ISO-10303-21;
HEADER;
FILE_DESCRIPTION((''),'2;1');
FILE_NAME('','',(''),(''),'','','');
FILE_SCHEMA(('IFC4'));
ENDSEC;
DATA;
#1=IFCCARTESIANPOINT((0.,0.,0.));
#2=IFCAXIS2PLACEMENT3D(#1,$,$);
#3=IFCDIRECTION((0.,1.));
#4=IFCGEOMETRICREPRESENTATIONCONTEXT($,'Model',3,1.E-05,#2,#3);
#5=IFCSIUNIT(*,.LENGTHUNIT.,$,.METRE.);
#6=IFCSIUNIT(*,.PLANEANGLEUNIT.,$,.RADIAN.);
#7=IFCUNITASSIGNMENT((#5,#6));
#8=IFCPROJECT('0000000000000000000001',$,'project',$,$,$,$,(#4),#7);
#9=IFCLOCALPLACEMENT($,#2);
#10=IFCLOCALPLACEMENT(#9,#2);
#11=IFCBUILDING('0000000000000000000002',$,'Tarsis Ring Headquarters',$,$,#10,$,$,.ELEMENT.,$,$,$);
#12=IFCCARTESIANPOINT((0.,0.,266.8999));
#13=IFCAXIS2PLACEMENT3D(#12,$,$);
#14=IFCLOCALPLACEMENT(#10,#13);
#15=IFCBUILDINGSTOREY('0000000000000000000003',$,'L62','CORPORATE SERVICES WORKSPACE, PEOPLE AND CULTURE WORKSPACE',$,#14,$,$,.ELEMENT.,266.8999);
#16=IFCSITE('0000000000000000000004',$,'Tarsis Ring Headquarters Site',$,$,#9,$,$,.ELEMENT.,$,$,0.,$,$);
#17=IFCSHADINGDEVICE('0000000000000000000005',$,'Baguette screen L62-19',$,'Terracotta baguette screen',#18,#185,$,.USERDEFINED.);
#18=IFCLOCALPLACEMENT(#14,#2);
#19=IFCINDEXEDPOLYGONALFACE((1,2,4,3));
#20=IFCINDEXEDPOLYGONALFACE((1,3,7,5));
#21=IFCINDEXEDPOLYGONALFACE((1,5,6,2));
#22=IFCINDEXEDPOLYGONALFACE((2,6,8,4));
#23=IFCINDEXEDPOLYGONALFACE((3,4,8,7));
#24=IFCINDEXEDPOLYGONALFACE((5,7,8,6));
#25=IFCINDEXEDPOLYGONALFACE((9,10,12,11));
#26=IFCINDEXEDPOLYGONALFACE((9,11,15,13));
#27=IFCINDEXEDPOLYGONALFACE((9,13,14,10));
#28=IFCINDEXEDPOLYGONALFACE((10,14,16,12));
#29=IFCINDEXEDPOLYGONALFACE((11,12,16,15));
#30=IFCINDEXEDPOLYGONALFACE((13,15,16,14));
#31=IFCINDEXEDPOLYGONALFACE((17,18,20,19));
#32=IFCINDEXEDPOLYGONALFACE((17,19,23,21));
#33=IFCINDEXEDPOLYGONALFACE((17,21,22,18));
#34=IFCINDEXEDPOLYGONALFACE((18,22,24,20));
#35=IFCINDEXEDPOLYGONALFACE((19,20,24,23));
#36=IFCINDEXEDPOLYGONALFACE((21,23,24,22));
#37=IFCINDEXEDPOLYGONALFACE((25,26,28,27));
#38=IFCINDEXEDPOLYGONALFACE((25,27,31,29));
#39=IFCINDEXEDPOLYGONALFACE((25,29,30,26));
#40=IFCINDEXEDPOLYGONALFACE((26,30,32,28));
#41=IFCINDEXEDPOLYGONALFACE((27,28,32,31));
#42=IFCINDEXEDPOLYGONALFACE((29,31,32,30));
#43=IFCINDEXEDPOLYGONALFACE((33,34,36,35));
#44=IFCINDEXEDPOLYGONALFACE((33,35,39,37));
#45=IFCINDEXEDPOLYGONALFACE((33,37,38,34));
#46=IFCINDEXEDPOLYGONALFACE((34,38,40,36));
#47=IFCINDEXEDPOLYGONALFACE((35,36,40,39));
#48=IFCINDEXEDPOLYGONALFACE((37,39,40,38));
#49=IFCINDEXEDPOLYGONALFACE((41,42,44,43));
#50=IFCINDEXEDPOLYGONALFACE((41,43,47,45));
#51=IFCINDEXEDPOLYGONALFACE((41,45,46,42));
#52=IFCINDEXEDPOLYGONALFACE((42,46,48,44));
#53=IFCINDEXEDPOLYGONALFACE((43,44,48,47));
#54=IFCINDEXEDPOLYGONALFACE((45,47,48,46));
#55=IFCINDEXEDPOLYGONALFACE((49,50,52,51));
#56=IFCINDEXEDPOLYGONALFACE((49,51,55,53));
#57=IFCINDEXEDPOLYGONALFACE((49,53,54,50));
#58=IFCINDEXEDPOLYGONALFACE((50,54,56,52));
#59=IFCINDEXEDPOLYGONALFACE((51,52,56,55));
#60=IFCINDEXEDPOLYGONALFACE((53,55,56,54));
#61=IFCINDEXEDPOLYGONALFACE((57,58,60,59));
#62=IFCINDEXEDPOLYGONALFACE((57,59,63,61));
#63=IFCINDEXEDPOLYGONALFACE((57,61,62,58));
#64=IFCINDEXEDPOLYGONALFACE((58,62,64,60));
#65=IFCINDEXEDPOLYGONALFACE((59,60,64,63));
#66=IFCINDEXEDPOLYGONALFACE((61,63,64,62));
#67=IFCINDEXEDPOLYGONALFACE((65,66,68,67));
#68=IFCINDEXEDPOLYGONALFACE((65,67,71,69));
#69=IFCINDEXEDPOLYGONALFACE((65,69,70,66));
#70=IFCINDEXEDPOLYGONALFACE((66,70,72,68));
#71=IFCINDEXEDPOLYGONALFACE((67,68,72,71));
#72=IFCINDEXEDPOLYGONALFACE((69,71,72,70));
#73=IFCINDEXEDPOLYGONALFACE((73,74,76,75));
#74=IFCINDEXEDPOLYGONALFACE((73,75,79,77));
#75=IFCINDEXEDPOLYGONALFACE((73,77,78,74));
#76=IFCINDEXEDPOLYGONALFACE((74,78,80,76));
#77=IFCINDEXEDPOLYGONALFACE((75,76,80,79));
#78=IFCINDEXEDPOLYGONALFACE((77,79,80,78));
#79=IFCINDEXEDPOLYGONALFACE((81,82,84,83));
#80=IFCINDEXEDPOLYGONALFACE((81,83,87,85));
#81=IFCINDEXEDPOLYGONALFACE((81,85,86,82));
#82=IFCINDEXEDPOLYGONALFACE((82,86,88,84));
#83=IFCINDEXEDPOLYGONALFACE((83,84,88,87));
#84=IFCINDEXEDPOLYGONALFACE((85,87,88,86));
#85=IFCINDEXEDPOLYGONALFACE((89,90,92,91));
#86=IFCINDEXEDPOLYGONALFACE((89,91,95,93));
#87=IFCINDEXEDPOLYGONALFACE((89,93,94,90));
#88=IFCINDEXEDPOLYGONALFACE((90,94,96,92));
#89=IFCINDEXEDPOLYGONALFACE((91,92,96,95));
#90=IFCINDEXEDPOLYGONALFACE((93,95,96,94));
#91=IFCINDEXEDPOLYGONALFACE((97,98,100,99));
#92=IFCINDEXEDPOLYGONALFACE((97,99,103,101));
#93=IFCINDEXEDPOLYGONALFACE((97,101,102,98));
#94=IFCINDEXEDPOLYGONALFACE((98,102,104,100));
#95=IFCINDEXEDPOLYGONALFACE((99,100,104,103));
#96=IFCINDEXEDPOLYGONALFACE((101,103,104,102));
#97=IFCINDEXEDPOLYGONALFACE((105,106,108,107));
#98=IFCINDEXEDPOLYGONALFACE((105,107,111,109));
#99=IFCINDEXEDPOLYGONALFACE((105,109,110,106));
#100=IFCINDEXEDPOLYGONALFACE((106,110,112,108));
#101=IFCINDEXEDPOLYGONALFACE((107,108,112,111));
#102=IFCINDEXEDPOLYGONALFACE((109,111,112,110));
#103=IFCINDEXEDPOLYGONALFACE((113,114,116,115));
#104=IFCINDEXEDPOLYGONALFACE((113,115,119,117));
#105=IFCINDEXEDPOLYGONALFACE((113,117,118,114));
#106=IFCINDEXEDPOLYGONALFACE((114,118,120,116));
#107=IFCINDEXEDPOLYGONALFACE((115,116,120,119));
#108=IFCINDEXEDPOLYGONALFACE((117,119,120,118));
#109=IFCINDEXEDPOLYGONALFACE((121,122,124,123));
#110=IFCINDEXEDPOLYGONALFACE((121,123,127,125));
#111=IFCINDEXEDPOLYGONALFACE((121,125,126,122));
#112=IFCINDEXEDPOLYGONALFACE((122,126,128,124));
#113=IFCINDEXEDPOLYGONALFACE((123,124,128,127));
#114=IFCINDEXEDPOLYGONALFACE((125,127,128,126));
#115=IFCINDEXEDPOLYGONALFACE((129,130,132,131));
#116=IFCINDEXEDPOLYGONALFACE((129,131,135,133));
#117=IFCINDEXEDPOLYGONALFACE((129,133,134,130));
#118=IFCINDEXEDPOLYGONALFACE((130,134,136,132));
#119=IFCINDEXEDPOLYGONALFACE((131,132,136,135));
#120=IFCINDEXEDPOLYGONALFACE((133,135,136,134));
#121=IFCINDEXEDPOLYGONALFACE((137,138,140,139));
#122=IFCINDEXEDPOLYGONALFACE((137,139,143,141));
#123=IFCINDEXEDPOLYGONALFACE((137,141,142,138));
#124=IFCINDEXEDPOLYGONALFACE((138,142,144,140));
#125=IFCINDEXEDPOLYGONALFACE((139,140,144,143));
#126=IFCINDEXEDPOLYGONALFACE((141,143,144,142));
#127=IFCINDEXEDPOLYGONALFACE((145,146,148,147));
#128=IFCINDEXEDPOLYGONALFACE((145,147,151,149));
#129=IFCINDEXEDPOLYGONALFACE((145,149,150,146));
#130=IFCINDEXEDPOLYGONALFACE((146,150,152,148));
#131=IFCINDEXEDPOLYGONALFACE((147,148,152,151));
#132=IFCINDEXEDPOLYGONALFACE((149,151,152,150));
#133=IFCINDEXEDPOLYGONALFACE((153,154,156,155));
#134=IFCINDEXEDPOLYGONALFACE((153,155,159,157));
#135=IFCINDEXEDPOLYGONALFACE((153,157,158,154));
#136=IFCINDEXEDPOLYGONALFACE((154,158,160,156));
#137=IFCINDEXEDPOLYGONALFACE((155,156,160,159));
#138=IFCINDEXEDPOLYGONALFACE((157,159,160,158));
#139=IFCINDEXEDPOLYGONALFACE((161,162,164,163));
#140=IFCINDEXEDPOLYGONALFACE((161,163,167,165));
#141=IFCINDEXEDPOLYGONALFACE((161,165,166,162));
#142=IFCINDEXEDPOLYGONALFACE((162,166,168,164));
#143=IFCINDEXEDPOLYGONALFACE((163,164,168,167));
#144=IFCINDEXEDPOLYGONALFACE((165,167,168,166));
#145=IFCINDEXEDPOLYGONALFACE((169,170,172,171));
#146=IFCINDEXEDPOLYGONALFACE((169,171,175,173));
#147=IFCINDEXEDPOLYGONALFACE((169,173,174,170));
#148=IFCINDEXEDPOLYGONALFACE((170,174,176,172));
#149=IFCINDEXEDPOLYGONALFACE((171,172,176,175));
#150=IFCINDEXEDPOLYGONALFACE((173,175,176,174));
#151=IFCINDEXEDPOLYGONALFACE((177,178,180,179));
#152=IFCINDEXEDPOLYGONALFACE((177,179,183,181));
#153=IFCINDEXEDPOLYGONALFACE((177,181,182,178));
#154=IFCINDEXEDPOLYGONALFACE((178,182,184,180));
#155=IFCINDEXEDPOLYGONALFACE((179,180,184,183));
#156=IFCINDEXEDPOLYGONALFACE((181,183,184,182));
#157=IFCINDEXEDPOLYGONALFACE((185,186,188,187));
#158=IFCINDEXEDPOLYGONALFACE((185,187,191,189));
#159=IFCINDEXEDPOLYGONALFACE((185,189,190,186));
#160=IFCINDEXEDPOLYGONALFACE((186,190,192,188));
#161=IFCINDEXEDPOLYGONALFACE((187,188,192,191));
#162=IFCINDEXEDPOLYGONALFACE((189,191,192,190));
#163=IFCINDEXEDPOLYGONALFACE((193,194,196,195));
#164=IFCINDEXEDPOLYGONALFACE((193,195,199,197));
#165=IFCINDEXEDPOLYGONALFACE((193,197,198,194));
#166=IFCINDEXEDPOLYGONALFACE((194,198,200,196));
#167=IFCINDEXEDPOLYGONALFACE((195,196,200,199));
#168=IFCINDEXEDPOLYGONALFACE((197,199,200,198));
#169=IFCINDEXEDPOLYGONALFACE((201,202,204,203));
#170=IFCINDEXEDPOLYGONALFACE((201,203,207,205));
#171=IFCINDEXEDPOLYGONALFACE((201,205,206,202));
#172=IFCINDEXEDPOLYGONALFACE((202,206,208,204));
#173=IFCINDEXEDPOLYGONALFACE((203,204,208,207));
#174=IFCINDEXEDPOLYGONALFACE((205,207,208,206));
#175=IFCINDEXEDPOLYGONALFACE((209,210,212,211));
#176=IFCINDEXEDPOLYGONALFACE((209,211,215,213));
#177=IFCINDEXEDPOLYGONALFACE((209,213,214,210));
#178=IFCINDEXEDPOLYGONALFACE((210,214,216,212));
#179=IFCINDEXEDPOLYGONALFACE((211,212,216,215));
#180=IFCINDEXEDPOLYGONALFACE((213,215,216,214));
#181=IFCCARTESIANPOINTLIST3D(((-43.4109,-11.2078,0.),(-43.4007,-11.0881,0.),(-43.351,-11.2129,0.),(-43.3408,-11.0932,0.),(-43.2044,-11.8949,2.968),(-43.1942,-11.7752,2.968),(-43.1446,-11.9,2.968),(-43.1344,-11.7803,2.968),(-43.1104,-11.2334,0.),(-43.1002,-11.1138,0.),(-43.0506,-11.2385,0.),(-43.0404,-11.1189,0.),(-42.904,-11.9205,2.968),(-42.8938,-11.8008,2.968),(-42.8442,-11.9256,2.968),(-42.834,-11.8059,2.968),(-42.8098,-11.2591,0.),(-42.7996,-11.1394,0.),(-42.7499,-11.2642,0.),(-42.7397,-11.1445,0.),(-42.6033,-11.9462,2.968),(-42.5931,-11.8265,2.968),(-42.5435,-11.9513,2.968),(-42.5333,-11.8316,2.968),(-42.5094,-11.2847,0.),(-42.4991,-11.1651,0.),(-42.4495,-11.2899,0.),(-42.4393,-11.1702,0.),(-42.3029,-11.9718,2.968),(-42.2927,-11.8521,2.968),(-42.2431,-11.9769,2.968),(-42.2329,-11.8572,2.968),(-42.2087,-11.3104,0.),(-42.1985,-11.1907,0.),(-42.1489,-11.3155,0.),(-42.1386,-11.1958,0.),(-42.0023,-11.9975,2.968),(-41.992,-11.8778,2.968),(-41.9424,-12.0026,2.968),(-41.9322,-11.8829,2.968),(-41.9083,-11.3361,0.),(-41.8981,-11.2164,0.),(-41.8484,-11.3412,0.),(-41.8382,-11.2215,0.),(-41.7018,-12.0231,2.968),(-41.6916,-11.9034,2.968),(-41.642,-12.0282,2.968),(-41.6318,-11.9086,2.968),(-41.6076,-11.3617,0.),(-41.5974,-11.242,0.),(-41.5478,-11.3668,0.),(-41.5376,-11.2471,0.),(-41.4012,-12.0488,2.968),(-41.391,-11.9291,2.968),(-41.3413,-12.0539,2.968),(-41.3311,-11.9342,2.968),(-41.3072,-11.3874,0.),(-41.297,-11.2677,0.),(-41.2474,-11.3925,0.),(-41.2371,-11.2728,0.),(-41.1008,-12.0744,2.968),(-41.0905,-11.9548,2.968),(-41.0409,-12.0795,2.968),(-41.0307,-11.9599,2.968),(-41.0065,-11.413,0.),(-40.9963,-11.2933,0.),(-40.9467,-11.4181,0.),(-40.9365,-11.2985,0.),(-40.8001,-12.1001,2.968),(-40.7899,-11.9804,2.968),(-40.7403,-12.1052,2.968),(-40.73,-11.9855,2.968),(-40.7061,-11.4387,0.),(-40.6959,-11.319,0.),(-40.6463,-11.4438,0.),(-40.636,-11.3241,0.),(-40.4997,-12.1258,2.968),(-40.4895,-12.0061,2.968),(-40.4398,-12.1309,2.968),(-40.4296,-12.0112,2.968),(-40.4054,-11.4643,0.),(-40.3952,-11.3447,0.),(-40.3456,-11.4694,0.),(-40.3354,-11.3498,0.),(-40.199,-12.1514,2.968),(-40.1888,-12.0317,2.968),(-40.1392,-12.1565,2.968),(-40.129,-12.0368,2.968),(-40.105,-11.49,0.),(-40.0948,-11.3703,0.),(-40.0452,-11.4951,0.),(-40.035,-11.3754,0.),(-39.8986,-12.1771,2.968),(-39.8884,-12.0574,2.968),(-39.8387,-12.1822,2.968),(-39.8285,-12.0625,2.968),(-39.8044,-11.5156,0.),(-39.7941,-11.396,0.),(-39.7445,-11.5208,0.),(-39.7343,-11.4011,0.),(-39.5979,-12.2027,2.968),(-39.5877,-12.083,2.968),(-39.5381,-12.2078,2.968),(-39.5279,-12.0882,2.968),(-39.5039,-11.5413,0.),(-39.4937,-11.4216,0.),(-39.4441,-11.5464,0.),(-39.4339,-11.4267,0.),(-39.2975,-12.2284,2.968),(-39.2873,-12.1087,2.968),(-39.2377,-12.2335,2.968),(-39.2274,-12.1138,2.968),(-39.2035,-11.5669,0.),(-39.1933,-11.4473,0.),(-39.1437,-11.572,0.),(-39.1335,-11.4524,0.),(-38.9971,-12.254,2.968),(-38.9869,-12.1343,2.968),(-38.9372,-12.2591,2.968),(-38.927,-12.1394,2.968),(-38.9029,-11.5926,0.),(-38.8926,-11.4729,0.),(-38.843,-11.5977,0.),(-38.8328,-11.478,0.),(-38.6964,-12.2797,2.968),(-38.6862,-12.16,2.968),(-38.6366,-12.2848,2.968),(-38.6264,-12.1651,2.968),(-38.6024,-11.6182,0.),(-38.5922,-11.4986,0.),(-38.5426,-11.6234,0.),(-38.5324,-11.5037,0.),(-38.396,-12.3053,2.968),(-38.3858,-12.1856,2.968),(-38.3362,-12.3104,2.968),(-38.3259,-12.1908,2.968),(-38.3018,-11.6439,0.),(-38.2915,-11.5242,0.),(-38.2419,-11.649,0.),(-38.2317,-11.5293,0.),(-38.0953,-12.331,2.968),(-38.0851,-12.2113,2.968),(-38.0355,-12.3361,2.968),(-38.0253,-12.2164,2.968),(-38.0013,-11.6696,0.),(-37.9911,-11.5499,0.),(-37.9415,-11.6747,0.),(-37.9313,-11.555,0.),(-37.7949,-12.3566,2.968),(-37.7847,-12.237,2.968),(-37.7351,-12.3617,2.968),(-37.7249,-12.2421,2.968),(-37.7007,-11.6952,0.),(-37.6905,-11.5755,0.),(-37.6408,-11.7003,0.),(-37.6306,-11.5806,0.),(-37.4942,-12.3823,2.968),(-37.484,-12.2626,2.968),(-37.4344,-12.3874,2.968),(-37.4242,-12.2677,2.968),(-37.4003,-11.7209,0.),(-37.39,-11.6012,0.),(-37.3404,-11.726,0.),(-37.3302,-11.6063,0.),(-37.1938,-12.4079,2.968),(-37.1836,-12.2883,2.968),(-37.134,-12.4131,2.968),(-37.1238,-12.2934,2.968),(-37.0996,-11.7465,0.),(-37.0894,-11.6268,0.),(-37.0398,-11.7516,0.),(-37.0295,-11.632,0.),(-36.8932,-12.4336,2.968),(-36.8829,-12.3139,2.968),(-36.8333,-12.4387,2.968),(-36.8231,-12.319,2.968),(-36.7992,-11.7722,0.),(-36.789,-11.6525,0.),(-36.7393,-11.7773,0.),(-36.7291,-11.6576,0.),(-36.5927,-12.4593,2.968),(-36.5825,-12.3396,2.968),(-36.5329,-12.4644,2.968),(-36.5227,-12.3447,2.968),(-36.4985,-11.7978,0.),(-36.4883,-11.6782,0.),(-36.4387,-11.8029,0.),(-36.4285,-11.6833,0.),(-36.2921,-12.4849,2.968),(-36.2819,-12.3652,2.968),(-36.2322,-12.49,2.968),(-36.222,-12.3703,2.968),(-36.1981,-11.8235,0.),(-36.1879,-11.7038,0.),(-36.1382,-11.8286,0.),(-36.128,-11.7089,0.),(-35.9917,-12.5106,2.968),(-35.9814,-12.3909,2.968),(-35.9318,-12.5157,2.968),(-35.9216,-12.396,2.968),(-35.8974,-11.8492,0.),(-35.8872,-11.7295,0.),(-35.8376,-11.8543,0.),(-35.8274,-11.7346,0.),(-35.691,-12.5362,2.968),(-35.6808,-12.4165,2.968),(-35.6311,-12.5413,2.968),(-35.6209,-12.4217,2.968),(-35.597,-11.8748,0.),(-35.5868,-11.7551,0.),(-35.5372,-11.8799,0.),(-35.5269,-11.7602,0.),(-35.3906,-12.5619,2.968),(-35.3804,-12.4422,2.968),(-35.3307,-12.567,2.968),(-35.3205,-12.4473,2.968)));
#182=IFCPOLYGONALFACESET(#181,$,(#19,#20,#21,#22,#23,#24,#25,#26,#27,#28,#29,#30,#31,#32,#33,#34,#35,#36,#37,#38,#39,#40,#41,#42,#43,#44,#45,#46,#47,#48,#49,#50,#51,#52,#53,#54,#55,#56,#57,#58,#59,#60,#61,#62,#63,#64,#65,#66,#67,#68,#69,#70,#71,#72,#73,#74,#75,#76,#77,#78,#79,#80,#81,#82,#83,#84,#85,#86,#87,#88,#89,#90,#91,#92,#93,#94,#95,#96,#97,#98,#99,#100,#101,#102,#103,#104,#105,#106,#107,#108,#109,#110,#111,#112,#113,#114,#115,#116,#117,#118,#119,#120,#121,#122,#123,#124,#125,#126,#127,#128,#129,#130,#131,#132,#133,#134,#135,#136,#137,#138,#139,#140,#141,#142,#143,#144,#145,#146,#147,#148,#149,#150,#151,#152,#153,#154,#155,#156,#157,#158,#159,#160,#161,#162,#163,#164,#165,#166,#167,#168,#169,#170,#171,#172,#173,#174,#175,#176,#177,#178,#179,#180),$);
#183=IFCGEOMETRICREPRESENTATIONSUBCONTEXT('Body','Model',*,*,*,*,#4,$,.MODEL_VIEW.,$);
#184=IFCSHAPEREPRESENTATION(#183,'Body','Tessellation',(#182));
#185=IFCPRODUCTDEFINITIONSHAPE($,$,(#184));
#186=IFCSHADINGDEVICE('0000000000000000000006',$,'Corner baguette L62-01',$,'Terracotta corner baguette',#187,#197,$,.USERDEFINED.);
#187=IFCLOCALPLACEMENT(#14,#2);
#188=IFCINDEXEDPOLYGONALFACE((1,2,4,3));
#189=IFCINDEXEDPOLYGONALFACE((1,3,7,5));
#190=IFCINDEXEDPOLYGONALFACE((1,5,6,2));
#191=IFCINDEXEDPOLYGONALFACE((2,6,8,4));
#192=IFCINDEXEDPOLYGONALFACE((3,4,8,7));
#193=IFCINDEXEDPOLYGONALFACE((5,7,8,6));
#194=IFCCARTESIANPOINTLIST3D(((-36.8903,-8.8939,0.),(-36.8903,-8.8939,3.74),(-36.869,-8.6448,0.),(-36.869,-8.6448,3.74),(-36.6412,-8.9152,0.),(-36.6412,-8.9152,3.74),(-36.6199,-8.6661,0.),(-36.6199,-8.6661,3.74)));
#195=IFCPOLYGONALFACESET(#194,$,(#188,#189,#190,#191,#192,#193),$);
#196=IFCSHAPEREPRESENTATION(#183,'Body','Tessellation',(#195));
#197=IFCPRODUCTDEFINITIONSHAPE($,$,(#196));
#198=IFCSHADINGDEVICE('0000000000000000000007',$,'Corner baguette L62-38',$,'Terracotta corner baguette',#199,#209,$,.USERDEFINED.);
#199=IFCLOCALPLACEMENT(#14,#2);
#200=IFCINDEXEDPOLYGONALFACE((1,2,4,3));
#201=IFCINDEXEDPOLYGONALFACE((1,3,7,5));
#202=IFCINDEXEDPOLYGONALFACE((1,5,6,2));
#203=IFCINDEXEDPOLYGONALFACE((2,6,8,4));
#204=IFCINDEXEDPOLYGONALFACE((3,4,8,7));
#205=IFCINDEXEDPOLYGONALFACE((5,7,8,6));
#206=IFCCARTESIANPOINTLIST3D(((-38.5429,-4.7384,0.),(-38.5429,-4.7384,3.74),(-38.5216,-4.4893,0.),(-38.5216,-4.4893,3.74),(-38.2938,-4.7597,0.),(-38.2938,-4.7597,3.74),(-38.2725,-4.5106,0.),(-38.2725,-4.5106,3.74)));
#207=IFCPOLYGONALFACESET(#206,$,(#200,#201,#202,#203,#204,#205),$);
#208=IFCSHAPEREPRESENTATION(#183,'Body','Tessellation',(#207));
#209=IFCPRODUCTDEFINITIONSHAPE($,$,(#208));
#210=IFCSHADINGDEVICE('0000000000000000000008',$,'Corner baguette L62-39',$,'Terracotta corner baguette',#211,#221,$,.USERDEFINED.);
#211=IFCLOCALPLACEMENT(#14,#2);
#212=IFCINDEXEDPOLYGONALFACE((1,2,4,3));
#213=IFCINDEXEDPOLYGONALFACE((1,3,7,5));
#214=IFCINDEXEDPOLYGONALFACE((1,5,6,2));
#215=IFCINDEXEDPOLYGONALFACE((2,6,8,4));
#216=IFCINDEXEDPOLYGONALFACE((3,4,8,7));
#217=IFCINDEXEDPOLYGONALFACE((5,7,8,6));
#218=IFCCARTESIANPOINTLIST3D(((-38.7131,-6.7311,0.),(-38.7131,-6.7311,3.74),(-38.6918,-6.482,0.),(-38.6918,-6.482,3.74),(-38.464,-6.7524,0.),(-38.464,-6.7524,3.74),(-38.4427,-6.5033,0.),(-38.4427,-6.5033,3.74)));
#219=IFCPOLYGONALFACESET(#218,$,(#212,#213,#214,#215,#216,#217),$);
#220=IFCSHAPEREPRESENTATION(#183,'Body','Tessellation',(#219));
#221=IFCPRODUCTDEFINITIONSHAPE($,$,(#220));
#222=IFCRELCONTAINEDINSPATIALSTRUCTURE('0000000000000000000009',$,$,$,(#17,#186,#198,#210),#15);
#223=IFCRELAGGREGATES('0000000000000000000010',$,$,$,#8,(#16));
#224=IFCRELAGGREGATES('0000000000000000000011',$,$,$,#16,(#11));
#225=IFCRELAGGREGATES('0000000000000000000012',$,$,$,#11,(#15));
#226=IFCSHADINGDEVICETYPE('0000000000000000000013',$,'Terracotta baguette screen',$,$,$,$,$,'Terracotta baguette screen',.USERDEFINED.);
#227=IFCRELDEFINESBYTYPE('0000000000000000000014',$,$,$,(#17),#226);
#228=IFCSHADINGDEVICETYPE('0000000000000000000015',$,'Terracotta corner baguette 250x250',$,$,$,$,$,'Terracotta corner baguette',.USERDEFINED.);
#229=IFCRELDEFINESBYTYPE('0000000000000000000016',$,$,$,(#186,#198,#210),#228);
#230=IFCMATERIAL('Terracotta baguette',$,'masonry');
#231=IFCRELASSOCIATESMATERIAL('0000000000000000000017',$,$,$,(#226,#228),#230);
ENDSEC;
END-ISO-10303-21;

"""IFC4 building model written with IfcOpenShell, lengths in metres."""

from ifc_helpers import new_model, si_unit, direction, frame, frame_2d, origin, origin_2d, place, context, subcontext, project, spatial, rectangle, composite_profile, extrude, material, type_object, element, save


model = new_model("IFC4")

# Units and contexts
model_context = context("Model", 3, precision=1e-05, world=origin(), true_north=direction((0.0, 1.0)))
body_context = subcontext(model_context, "Body", "Model", "MODEL_VIEW")
ifc_project = project(units=[si_unit("LENGTHUNIT", "METRE"), si_unit("PLANEANGLEUNIT", "RADIAN")], contexts=[model_context])

# Site, building, storey
site_placement = place(None, origin())
site = spatial("IfcSite", under=ifc_project, at=site_placement, Name="Tarsis Ring Headquarters Site", CompositionType="ELEMENT", RefElevation=0.0)
building_placement = place(site_placement, origin())
building = spatial("IfcBuilding", under=site, at=building_placement, Name="Tarsis Ring Headquarters", CompositionType="ELEMENT")
storey_placement = place(building_placement, frame((0.0, 0.0, 266.8999)))
storey = spatial("IfcBuildingStorey", under=building, at=storey_placement, Name="L62", Description="CORPORATE SERVICES WORKSPACE, PEOPLE AND CULTURE WORKSPACE", CompositionType="ELEMENT", Elevation=266.8999)

# Shading devices
ifc_material_1 = material(Name="Terracotta baguette", Category="masonry")
shading_device_type_1 = type_object("IfcShadingDeviceType", Name="Terracotta baguette screen", ElementType="Terracotta baguette screen", PredefinedType="USERDEFINED", material=ifc_material_1)
shading_device_placement = place(storey_placement, frame((-43.4058, -11.1479, 0.0), z_axis=(0.0, 0.0, 1.0), x_axis=(0.996385, -0.085053, 0.0)))
element("IfcShadingDevice", 1, at=shading_device_placement, inside=storey, type_object=shading_device_type_1, Name="Baguette screen L62-19", ObjectType="Terracotta baguette screen", PredefinedType="USERDEFINED", context=body_context, shape_type="SweptSolid", body=[
    extrude(composite_profile([rectangle(XDim=0.0601, YDim=0.1201, at=frame_2d((0.03, 0.0))), rectangle(XDim=0.0601, YDim=0.1201, at=frame_2d((0.3315, 0.0))), rectangle(XDim=0.0601, YDim=0.1201, at=frame_2d((0.6333, 0.0))), rectangle(XDim=0.0601, YDim=0.1201, at=frame_2d((0.9348, 0.0))), rectangle(XDim=0.0601, YDim=0.1201, at=frame_2d((1.2366, 0.0))), rectangle(XDim=0.0601, YDim=0.1201, at=frame_2d((1.5381, 0.0))), rectangle(XDim=0.0601, YDim=0.1201, at=frame_2d((1.8398, 0.0))), rectangle(XDim=0.0601, YDim=0.1201, at=frame_2d((2.1414, 0.0))), rectangle(XDim=0.0601, YDim=0.1201, at=frame_2d((2.4431, 0.0))), rectangle(XDim=0.0601, YDim=0.1201, at=frame_2d((2.7446, 0.0))), rectangle(XDim=0.0601, YDim=0.1201, at=frame_2d((3.0464, 0.0))), rectangle(XDim=0.0601, YDim=0.1201, at=frame_2d((3.3479, 0.0))), rectangle(XDim=0.0601, YDim=0.1201, at=frame_2d((3.6497, 0.0))), rectangle(XDim=0.0601, YDim=0.1201, at=frame_2d((3.9512, 0.0))), rectangle(XDim=0.0601, YDim=0.1201, at=frame_2d((4.2527, 0.0))), rectangle(XDim=0.0601, YDim=0.1201, at=frame_2d((4.5544, 0.0))), rectangle(XDim=0.0601, YDim=0.1201, at=frame_2d((4.856, 0.0))), rectangle(XDim=0.0601, YDim=0.1201, at=frame_2d((5.1577, 0.0))), rectangle(XDim=0.0601, YDim=0.1201, at=frame_2d((5.4592, 0.0))), rectangle(XDim=0.0601, YDim=0.1201, at=frame_2d((5.761, 0.0))), rectangle(XDim=0.0601, YDim=0.1201, at=frame_2d((6.0625, 0.0))), rectangle(XDim=0.0601, YDim=0.1201, at=frame_2d((6.3643, 0.0))), rectangle(XDim=0.0601, YDim=0.1201, at=frame_2d((6.6658, 0.0))), rectangle(XDim=0.0601, YDim=0.1201, at=frame_2d((6.9675, 0.0))), rectangle(XDim=0.0601, YDim=0.1201, at=frame_2d((7.269, 0.0))), rectangle(XDim=0.0601, YDim=0.1201, at=frame_2d((7.5708, 0.0))), rectangle(XDim=0.0601, YDim=0.1201, at=frame_2d((7.8723, 0.0)))]), origin(), (0.0865, -0.21845, 0.972007), 3.0535),
])
shading_device_type_2 = type_object("IfcShadingDeviceType", Name="Terracotta corner baguette 250x250", ElementType="Terracotta corner baguette", PredefinedType="USERDEFINED", material=ifc_material_1)
for number, where, z_axis, x_axis, name in (
    (2, (-36.7551, -8.78, 0.0), (0.0, 0.0, 1.0), (-0.085069, -0.996375, 0.0), "Corner baguette L62-01"),
    (3, (-38.4077, -4.6245, 0.0), (0.0, 0.0, 1.0), (0.996375, -0.085069, 0.0), "Corner baguette L62-38"),
    (4, (-38.5779, -6.6172, 0.0), (0.0, 0.0, 1.0), (-0.085069, -0.996375, 0.0), "Corner baguette L62-39"),
):
    element("IfcShadingDevice", number, at=place(storey_placement, frame(where, z_axis=z_axis, x_axis=x_axis)), inside=storey, type_object=shading_device_type_2, Name=name, ObjectType="Terracotta corner baguette", PredefinedType="USERDEFINED", context=body_context, shape_type="SweptSolid", body=[
        extrude(rectangle(XDim=0.25, YDim=0.25, at=origin_2d()), origin(), (0.0, 0.0, 1.0), 3.74),
    ])

save(model, "model.ifc")
